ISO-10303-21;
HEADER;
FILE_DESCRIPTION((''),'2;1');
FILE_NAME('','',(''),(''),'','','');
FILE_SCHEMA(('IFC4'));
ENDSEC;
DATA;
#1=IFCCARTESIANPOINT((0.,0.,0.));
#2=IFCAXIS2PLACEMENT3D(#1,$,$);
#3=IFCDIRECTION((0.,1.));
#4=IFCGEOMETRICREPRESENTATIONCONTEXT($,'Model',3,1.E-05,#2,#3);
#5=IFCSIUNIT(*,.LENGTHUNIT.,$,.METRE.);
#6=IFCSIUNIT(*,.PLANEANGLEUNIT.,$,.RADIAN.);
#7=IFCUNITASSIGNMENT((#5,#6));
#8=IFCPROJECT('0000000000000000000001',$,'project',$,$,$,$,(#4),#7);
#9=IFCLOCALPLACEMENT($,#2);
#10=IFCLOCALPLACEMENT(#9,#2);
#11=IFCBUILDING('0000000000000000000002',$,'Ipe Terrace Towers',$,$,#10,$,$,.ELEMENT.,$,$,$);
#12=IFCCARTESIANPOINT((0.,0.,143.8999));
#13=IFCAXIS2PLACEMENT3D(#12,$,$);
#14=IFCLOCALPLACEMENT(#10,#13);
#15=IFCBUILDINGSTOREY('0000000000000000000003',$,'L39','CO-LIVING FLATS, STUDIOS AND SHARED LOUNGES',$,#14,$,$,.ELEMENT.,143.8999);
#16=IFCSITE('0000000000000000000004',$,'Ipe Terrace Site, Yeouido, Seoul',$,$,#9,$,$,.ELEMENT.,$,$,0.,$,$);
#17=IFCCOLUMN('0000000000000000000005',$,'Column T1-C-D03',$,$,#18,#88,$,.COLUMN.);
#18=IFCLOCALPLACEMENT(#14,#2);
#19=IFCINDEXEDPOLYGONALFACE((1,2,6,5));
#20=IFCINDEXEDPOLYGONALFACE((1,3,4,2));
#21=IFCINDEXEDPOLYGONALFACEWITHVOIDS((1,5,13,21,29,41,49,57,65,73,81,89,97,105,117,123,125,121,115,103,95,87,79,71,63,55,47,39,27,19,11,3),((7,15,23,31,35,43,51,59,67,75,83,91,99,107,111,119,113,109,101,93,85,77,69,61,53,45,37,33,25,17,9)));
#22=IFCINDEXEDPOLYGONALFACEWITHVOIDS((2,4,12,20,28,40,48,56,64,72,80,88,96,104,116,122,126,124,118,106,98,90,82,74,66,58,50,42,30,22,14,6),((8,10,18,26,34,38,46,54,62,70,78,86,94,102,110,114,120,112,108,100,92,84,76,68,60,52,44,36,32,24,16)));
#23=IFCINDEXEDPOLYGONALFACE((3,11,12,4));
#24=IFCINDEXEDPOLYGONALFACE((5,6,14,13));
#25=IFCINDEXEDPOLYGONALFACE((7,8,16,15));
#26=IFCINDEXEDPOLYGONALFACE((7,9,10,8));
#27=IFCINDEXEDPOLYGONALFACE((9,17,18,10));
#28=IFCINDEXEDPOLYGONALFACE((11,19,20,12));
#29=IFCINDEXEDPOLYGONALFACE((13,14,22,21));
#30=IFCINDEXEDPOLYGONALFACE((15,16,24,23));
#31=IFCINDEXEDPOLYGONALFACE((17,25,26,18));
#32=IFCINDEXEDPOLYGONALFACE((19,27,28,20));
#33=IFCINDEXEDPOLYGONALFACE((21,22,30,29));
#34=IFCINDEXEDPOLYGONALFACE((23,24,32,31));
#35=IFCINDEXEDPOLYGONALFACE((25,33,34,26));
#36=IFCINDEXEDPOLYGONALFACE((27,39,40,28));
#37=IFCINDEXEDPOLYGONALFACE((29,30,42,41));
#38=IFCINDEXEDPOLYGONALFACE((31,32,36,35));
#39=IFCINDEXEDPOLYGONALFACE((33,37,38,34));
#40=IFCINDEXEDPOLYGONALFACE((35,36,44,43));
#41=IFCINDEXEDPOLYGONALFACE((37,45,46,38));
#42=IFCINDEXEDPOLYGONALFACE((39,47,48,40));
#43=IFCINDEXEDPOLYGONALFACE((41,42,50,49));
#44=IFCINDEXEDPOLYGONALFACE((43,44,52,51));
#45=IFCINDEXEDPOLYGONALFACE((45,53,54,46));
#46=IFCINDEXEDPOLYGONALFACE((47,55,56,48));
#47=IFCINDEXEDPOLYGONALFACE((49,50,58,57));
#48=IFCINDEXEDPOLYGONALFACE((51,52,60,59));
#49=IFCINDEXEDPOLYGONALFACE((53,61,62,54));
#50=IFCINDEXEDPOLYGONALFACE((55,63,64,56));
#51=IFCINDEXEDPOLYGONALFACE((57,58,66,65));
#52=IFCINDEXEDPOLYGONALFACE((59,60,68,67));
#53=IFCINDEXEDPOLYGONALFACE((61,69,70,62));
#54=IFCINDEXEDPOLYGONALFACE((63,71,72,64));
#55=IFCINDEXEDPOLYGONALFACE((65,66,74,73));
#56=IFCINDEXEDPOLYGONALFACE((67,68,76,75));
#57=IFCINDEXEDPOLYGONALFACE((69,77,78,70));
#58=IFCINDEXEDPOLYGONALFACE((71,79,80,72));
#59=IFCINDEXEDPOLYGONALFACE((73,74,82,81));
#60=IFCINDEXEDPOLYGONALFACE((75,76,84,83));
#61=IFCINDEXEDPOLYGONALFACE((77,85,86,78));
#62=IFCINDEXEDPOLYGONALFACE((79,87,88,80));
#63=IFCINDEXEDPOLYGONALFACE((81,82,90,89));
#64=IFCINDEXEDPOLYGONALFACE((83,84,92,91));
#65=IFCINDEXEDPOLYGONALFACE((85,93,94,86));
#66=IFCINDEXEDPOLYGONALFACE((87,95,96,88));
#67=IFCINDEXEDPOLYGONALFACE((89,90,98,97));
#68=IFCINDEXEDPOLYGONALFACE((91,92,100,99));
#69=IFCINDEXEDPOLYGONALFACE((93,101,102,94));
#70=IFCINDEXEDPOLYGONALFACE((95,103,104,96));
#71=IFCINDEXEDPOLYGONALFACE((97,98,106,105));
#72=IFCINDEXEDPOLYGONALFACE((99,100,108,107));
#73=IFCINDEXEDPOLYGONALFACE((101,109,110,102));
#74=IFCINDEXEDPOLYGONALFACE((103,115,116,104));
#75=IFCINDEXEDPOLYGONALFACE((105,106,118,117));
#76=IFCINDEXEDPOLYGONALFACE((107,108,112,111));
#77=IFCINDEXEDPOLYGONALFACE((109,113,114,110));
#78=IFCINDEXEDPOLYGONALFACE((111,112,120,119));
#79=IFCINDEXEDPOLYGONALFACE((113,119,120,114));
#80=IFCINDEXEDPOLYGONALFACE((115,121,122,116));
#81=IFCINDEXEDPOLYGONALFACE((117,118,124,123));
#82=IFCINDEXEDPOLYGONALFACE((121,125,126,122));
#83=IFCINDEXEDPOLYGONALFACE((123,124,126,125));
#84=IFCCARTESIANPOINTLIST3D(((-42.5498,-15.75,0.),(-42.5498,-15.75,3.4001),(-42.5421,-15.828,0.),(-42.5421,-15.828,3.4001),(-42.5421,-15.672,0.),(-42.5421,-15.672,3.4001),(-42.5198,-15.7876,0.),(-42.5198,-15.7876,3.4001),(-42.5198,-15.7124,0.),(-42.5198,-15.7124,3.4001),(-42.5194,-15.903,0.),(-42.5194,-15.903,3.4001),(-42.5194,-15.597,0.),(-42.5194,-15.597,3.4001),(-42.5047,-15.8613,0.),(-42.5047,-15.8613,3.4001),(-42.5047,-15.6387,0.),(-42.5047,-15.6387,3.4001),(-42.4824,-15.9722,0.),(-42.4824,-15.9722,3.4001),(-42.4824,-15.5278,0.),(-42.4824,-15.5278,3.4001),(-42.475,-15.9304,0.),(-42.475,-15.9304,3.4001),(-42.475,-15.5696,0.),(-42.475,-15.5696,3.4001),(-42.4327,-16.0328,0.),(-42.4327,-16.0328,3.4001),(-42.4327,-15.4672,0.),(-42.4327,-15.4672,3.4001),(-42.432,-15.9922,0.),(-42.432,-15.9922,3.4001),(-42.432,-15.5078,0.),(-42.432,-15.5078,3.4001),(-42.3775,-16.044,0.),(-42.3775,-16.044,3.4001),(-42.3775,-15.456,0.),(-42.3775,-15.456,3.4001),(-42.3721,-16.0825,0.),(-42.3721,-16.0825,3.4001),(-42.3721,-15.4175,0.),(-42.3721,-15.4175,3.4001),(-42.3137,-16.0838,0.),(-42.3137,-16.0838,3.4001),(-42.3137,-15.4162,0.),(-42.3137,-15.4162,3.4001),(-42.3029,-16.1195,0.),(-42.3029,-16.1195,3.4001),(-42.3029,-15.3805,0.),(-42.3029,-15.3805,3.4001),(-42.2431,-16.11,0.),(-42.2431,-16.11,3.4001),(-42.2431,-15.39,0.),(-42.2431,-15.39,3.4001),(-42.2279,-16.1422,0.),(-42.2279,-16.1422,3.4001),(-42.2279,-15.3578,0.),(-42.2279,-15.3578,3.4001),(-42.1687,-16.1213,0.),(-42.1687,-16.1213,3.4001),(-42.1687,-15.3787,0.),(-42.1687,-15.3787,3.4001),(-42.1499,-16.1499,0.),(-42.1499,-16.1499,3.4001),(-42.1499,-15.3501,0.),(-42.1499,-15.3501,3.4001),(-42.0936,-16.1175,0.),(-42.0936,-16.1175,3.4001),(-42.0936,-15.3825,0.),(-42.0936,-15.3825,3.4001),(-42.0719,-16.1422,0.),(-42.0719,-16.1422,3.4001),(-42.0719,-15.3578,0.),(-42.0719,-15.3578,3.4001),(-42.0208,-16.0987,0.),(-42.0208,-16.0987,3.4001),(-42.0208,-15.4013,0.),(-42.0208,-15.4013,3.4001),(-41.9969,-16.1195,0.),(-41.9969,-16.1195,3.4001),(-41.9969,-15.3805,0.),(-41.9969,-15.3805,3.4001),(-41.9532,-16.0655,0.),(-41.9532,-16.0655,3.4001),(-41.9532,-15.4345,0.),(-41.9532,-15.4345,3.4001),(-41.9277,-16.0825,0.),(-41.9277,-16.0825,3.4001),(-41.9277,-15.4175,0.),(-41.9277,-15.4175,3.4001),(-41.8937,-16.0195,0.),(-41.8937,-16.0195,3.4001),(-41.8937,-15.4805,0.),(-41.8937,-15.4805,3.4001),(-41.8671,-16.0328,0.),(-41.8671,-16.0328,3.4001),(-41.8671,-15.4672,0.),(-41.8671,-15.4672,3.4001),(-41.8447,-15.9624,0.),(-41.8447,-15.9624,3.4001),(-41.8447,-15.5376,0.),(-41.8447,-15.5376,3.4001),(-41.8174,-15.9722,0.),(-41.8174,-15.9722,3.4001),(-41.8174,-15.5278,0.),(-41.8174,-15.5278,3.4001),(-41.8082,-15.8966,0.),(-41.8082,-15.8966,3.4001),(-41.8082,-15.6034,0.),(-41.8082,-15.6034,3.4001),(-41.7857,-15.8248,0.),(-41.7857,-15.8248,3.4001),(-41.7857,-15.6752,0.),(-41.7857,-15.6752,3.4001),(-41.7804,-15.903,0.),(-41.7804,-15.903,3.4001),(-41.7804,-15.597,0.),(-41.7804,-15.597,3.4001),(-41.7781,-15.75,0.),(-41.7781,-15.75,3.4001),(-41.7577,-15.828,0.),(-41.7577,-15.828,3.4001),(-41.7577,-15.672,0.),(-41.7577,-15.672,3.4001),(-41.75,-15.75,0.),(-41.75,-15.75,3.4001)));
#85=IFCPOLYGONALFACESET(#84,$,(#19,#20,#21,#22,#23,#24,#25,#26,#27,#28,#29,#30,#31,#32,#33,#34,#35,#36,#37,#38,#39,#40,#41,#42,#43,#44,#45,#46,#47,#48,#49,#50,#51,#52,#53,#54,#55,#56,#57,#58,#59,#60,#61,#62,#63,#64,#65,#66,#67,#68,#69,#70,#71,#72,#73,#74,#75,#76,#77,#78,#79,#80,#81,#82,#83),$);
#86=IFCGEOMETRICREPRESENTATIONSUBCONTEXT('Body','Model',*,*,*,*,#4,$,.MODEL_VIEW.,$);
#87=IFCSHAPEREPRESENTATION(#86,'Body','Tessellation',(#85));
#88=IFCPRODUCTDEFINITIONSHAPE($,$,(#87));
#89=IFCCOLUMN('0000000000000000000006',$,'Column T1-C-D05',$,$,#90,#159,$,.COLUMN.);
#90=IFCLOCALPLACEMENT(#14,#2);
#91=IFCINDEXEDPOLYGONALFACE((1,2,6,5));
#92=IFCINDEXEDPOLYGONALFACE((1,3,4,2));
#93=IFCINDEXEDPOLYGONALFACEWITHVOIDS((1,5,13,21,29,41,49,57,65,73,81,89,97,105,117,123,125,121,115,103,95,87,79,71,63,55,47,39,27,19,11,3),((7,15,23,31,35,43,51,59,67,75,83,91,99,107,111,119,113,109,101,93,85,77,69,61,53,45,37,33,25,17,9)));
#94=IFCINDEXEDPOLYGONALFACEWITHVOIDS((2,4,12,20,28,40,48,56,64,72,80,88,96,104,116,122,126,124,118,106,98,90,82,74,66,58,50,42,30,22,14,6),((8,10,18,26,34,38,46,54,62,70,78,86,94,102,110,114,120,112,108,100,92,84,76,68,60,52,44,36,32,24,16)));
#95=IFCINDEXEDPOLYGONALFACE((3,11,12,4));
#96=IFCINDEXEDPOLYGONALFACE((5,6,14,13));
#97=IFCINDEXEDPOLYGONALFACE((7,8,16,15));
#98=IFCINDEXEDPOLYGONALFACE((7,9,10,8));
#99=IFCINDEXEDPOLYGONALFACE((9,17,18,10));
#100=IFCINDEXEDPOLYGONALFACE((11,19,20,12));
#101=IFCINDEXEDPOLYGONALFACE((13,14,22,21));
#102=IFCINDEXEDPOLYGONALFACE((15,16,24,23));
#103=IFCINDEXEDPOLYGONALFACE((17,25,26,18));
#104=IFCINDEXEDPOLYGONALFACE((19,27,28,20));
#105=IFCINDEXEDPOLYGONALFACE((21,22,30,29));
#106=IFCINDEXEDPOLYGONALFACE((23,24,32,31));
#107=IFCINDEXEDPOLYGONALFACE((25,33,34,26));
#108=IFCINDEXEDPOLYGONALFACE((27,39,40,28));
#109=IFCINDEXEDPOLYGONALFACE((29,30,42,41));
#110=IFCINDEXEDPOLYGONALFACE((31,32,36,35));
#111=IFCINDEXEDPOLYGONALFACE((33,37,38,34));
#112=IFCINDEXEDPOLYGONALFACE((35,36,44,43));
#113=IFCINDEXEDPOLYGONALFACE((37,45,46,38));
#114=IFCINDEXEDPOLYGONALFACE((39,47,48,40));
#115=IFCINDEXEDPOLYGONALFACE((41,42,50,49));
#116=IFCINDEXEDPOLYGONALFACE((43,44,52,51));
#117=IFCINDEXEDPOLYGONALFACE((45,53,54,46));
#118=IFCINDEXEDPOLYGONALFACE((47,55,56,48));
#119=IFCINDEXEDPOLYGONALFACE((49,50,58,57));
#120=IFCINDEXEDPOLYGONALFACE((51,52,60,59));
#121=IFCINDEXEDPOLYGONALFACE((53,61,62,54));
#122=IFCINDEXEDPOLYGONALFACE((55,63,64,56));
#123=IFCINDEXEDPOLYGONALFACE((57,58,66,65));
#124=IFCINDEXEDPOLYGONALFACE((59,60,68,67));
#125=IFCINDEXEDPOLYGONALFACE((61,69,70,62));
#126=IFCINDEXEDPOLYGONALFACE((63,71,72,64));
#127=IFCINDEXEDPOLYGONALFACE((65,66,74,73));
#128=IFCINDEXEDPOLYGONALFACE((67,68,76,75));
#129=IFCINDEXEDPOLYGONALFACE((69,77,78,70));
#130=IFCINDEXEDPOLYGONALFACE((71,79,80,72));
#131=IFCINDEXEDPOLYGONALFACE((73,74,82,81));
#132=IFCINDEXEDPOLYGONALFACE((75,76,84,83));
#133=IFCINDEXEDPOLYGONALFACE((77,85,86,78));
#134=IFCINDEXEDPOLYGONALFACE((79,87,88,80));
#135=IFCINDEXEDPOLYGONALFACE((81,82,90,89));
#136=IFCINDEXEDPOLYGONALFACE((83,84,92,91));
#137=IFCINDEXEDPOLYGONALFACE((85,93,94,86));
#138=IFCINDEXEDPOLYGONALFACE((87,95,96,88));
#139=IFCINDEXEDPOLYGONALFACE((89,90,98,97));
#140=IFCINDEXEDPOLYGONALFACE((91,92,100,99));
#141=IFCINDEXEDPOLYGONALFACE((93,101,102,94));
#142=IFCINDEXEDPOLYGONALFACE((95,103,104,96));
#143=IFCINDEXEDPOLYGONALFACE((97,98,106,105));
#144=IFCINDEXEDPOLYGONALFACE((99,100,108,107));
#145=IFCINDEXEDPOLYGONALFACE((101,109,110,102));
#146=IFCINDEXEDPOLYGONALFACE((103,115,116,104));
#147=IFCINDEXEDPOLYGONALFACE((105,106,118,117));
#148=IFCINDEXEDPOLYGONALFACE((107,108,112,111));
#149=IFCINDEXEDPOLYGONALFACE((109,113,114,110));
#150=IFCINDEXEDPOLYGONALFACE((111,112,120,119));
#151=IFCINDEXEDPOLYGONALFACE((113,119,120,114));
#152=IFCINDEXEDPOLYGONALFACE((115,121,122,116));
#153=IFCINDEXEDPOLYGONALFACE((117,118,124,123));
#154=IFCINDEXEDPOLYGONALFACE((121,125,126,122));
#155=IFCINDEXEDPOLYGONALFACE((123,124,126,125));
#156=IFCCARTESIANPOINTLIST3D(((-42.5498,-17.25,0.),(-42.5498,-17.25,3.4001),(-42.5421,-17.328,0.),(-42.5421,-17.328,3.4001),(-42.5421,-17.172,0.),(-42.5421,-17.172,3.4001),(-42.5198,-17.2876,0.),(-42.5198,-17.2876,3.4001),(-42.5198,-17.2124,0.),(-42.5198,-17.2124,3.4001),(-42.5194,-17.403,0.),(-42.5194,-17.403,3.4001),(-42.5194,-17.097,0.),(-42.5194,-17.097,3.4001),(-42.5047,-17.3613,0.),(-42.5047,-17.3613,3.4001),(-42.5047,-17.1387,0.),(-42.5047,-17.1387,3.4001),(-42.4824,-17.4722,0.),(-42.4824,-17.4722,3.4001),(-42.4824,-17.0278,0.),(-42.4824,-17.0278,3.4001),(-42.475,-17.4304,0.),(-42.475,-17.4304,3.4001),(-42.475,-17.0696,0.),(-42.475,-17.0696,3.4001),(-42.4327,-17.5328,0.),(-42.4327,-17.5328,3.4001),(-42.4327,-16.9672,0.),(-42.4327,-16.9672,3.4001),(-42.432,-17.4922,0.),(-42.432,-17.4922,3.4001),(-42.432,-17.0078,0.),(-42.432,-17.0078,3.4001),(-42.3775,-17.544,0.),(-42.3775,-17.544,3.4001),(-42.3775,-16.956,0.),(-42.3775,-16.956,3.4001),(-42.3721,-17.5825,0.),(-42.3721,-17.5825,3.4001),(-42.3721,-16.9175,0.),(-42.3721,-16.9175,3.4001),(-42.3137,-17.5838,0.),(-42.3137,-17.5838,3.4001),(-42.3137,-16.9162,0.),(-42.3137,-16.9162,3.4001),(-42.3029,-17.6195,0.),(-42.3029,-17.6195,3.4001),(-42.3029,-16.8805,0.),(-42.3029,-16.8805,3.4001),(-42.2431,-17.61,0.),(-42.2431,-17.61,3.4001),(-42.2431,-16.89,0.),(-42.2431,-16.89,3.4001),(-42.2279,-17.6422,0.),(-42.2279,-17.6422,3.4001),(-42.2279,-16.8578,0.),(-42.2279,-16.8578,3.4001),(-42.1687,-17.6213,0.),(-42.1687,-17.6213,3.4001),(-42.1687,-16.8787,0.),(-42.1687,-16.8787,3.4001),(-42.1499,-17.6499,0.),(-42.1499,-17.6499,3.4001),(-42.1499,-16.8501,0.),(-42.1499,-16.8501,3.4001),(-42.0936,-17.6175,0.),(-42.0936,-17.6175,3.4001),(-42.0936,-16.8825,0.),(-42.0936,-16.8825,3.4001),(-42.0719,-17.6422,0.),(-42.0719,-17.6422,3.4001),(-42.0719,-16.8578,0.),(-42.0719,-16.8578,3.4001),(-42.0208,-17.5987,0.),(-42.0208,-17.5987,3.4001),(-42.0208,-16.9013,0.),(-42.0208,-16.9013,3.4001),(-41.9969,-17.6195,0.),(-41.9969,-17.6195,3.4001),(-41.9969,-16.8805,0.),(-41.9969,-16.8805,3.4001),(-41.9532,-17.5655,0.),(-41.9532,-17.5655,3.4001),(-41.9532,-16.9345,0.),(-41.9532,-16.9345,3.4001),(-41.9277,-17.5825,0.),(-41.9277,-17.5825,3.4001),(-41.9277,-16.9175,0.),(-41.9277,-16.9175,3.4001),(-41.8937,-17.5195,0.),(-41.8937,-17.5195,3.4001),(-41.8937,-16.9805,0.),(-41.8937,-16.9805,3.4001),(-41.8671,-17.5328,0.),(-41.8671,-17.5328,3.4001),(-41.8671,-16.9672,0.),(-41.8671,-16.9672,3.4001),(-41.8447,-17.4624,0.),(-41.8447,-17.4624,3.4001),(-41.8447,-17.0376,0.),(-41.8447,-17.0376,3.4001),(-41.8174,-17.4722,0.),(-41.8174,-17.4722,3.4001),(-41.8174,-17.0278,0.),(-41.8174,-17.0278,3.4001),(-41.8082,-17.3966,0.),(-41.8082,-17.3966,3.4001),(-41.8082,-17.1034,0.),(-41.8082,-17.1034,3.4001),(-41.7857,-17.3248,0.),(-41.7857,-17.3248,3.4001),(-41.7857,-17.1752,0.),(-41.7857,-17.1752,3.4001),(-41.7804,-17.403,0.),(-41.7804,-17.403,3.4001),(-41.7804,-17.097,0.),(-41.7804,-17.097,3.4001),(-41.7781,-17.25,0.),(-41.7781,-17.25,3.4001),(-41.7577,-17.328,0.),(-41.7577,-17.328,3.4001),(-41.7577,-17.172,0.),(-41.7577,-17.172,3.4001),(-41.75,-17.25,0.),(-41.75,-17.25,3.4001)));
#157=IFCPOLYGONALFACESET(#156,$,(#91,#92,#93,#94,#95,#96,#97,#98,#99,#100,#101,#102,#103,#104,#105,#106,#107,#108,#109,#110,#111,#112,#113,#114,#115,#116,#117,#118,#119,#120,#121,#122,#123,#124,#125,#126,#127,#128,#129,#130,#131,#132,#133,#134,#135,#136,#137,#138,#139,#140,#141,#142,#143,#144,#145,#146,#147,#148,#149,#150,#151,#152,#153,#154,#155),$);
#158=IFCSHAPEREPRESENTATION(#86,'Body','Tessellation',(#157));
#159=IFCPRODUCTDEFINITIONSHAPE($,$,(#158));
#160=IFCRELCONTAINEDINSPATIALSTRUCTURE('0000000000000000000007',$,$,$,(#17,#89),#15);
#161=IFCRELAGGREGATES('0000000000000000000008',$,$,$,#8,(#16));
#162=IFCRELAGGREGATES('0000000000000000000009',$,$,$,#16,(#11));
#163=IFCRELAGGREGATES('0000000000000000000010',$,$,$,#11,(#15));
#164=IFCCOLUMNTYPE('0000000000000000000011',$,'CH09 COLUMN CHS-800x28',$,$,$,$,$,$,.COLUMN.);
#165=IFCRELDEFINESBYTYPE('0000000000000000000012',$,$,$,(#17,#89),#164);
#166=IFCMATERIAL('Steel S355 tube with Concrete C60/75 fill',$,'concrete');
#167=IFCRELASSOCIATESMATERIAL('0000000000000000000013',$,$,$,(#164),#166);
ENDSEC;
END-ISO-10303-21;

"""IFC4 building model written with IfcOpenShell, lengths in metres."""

from ifc_helpers import new_model, si_unit, direction, frame, origin, origin_2d, place, context, subcontext, project, spatial, hollow_circle, extrude, material, material_profile, profile_set, type_object, element, save


model = new_model("IFC4")

# Units and contexts
model_context = context("Model", 3, precision=1e-05, world=origin(), true_north=direction((0.0, 1.0)))
body_context = subcontext(model_context, "Body", "Model", "MODEL_VIEW")
ifc_project = project(units=[si_unit("LENGTHUNIT", "METRE"), si_unit("PLANEANGLEUNIT", "RADIAN")], contexts=[model_context])

# Site, building, storey
site_placement = place(None, origin())
site = spatial("IfcSite", under=ifc_project, at=site_placement, Name="Ipe Terrace Site, Yeouido, Seoul", CompositionType="ELEMENT", RefElevation=0.0)
building_placement = place(site_placement, origin())
building = spatial("IfcBuilding", under=site, at=building_placement, Name="Ipe Terrace Towers", CompositionType="ELEMENT")
storey_placement = place(building_placement, frame((0.0, 0.0, 143.8999)))
storey = spatial("IfcBuildingStorey", under=building, at=storey_placement, Name="L39", Description="CO-LIVING FLATS, STUDIOS AND SHARED LOUNGES", CompositionType="ELEMENT", Elevation=143.8999)

# Columns
ifc_material_1 = material(Name="Steel S355 tube with Concrete C60/75 fill", Category="concrete")
ifc_material_profile_1 = material_profile(ifc_material_1, hollow_circle(Radius=0.3999, WallThickness=0.0281, at=origin_2d()), Name="CHS-800x28")
ifc_profile_set_1 = profile_set([ifc_material_profile_1], Name="Steel S355 tube with Concrete C60/75 fill")
column_type_1 = type_object("IfcColumnType", Name="CH09 COLUMN CHS-800x28", PredefinedType="COLUMN", material=ifc_profile_set_1)
for number, where, z_axis, x_axis, name in (
    (1, (-42.1499, -15.75, 0.0), (0.0, 0.0, 1.0), (1.0, 0.0, 0.0), "Column T1-C-D03"),
    (2, (-42.1499, -17.25, 0.0), (0.0, 0.0, 1.0), (1.0, 0.0, 0.0), "Column T1-C-D05"),
):
    element("IfcColumn", number, at=place(storey_placement, frame(where, z_axis=z_axis, x_axis=x_axis)), inside=storey, type_object=column_type_1, Name=name, PredefinedType="COLUMN", context=body_context, shape_type="SweptSolid", body=[
        extrude(hollow_circle(Radius=0.3999, WallThickness=0.0281, at=origin_2d()), origin(), (0.0, 0.0, 1.0), 3.4001),
    ])

save(model, "model.ifc")
